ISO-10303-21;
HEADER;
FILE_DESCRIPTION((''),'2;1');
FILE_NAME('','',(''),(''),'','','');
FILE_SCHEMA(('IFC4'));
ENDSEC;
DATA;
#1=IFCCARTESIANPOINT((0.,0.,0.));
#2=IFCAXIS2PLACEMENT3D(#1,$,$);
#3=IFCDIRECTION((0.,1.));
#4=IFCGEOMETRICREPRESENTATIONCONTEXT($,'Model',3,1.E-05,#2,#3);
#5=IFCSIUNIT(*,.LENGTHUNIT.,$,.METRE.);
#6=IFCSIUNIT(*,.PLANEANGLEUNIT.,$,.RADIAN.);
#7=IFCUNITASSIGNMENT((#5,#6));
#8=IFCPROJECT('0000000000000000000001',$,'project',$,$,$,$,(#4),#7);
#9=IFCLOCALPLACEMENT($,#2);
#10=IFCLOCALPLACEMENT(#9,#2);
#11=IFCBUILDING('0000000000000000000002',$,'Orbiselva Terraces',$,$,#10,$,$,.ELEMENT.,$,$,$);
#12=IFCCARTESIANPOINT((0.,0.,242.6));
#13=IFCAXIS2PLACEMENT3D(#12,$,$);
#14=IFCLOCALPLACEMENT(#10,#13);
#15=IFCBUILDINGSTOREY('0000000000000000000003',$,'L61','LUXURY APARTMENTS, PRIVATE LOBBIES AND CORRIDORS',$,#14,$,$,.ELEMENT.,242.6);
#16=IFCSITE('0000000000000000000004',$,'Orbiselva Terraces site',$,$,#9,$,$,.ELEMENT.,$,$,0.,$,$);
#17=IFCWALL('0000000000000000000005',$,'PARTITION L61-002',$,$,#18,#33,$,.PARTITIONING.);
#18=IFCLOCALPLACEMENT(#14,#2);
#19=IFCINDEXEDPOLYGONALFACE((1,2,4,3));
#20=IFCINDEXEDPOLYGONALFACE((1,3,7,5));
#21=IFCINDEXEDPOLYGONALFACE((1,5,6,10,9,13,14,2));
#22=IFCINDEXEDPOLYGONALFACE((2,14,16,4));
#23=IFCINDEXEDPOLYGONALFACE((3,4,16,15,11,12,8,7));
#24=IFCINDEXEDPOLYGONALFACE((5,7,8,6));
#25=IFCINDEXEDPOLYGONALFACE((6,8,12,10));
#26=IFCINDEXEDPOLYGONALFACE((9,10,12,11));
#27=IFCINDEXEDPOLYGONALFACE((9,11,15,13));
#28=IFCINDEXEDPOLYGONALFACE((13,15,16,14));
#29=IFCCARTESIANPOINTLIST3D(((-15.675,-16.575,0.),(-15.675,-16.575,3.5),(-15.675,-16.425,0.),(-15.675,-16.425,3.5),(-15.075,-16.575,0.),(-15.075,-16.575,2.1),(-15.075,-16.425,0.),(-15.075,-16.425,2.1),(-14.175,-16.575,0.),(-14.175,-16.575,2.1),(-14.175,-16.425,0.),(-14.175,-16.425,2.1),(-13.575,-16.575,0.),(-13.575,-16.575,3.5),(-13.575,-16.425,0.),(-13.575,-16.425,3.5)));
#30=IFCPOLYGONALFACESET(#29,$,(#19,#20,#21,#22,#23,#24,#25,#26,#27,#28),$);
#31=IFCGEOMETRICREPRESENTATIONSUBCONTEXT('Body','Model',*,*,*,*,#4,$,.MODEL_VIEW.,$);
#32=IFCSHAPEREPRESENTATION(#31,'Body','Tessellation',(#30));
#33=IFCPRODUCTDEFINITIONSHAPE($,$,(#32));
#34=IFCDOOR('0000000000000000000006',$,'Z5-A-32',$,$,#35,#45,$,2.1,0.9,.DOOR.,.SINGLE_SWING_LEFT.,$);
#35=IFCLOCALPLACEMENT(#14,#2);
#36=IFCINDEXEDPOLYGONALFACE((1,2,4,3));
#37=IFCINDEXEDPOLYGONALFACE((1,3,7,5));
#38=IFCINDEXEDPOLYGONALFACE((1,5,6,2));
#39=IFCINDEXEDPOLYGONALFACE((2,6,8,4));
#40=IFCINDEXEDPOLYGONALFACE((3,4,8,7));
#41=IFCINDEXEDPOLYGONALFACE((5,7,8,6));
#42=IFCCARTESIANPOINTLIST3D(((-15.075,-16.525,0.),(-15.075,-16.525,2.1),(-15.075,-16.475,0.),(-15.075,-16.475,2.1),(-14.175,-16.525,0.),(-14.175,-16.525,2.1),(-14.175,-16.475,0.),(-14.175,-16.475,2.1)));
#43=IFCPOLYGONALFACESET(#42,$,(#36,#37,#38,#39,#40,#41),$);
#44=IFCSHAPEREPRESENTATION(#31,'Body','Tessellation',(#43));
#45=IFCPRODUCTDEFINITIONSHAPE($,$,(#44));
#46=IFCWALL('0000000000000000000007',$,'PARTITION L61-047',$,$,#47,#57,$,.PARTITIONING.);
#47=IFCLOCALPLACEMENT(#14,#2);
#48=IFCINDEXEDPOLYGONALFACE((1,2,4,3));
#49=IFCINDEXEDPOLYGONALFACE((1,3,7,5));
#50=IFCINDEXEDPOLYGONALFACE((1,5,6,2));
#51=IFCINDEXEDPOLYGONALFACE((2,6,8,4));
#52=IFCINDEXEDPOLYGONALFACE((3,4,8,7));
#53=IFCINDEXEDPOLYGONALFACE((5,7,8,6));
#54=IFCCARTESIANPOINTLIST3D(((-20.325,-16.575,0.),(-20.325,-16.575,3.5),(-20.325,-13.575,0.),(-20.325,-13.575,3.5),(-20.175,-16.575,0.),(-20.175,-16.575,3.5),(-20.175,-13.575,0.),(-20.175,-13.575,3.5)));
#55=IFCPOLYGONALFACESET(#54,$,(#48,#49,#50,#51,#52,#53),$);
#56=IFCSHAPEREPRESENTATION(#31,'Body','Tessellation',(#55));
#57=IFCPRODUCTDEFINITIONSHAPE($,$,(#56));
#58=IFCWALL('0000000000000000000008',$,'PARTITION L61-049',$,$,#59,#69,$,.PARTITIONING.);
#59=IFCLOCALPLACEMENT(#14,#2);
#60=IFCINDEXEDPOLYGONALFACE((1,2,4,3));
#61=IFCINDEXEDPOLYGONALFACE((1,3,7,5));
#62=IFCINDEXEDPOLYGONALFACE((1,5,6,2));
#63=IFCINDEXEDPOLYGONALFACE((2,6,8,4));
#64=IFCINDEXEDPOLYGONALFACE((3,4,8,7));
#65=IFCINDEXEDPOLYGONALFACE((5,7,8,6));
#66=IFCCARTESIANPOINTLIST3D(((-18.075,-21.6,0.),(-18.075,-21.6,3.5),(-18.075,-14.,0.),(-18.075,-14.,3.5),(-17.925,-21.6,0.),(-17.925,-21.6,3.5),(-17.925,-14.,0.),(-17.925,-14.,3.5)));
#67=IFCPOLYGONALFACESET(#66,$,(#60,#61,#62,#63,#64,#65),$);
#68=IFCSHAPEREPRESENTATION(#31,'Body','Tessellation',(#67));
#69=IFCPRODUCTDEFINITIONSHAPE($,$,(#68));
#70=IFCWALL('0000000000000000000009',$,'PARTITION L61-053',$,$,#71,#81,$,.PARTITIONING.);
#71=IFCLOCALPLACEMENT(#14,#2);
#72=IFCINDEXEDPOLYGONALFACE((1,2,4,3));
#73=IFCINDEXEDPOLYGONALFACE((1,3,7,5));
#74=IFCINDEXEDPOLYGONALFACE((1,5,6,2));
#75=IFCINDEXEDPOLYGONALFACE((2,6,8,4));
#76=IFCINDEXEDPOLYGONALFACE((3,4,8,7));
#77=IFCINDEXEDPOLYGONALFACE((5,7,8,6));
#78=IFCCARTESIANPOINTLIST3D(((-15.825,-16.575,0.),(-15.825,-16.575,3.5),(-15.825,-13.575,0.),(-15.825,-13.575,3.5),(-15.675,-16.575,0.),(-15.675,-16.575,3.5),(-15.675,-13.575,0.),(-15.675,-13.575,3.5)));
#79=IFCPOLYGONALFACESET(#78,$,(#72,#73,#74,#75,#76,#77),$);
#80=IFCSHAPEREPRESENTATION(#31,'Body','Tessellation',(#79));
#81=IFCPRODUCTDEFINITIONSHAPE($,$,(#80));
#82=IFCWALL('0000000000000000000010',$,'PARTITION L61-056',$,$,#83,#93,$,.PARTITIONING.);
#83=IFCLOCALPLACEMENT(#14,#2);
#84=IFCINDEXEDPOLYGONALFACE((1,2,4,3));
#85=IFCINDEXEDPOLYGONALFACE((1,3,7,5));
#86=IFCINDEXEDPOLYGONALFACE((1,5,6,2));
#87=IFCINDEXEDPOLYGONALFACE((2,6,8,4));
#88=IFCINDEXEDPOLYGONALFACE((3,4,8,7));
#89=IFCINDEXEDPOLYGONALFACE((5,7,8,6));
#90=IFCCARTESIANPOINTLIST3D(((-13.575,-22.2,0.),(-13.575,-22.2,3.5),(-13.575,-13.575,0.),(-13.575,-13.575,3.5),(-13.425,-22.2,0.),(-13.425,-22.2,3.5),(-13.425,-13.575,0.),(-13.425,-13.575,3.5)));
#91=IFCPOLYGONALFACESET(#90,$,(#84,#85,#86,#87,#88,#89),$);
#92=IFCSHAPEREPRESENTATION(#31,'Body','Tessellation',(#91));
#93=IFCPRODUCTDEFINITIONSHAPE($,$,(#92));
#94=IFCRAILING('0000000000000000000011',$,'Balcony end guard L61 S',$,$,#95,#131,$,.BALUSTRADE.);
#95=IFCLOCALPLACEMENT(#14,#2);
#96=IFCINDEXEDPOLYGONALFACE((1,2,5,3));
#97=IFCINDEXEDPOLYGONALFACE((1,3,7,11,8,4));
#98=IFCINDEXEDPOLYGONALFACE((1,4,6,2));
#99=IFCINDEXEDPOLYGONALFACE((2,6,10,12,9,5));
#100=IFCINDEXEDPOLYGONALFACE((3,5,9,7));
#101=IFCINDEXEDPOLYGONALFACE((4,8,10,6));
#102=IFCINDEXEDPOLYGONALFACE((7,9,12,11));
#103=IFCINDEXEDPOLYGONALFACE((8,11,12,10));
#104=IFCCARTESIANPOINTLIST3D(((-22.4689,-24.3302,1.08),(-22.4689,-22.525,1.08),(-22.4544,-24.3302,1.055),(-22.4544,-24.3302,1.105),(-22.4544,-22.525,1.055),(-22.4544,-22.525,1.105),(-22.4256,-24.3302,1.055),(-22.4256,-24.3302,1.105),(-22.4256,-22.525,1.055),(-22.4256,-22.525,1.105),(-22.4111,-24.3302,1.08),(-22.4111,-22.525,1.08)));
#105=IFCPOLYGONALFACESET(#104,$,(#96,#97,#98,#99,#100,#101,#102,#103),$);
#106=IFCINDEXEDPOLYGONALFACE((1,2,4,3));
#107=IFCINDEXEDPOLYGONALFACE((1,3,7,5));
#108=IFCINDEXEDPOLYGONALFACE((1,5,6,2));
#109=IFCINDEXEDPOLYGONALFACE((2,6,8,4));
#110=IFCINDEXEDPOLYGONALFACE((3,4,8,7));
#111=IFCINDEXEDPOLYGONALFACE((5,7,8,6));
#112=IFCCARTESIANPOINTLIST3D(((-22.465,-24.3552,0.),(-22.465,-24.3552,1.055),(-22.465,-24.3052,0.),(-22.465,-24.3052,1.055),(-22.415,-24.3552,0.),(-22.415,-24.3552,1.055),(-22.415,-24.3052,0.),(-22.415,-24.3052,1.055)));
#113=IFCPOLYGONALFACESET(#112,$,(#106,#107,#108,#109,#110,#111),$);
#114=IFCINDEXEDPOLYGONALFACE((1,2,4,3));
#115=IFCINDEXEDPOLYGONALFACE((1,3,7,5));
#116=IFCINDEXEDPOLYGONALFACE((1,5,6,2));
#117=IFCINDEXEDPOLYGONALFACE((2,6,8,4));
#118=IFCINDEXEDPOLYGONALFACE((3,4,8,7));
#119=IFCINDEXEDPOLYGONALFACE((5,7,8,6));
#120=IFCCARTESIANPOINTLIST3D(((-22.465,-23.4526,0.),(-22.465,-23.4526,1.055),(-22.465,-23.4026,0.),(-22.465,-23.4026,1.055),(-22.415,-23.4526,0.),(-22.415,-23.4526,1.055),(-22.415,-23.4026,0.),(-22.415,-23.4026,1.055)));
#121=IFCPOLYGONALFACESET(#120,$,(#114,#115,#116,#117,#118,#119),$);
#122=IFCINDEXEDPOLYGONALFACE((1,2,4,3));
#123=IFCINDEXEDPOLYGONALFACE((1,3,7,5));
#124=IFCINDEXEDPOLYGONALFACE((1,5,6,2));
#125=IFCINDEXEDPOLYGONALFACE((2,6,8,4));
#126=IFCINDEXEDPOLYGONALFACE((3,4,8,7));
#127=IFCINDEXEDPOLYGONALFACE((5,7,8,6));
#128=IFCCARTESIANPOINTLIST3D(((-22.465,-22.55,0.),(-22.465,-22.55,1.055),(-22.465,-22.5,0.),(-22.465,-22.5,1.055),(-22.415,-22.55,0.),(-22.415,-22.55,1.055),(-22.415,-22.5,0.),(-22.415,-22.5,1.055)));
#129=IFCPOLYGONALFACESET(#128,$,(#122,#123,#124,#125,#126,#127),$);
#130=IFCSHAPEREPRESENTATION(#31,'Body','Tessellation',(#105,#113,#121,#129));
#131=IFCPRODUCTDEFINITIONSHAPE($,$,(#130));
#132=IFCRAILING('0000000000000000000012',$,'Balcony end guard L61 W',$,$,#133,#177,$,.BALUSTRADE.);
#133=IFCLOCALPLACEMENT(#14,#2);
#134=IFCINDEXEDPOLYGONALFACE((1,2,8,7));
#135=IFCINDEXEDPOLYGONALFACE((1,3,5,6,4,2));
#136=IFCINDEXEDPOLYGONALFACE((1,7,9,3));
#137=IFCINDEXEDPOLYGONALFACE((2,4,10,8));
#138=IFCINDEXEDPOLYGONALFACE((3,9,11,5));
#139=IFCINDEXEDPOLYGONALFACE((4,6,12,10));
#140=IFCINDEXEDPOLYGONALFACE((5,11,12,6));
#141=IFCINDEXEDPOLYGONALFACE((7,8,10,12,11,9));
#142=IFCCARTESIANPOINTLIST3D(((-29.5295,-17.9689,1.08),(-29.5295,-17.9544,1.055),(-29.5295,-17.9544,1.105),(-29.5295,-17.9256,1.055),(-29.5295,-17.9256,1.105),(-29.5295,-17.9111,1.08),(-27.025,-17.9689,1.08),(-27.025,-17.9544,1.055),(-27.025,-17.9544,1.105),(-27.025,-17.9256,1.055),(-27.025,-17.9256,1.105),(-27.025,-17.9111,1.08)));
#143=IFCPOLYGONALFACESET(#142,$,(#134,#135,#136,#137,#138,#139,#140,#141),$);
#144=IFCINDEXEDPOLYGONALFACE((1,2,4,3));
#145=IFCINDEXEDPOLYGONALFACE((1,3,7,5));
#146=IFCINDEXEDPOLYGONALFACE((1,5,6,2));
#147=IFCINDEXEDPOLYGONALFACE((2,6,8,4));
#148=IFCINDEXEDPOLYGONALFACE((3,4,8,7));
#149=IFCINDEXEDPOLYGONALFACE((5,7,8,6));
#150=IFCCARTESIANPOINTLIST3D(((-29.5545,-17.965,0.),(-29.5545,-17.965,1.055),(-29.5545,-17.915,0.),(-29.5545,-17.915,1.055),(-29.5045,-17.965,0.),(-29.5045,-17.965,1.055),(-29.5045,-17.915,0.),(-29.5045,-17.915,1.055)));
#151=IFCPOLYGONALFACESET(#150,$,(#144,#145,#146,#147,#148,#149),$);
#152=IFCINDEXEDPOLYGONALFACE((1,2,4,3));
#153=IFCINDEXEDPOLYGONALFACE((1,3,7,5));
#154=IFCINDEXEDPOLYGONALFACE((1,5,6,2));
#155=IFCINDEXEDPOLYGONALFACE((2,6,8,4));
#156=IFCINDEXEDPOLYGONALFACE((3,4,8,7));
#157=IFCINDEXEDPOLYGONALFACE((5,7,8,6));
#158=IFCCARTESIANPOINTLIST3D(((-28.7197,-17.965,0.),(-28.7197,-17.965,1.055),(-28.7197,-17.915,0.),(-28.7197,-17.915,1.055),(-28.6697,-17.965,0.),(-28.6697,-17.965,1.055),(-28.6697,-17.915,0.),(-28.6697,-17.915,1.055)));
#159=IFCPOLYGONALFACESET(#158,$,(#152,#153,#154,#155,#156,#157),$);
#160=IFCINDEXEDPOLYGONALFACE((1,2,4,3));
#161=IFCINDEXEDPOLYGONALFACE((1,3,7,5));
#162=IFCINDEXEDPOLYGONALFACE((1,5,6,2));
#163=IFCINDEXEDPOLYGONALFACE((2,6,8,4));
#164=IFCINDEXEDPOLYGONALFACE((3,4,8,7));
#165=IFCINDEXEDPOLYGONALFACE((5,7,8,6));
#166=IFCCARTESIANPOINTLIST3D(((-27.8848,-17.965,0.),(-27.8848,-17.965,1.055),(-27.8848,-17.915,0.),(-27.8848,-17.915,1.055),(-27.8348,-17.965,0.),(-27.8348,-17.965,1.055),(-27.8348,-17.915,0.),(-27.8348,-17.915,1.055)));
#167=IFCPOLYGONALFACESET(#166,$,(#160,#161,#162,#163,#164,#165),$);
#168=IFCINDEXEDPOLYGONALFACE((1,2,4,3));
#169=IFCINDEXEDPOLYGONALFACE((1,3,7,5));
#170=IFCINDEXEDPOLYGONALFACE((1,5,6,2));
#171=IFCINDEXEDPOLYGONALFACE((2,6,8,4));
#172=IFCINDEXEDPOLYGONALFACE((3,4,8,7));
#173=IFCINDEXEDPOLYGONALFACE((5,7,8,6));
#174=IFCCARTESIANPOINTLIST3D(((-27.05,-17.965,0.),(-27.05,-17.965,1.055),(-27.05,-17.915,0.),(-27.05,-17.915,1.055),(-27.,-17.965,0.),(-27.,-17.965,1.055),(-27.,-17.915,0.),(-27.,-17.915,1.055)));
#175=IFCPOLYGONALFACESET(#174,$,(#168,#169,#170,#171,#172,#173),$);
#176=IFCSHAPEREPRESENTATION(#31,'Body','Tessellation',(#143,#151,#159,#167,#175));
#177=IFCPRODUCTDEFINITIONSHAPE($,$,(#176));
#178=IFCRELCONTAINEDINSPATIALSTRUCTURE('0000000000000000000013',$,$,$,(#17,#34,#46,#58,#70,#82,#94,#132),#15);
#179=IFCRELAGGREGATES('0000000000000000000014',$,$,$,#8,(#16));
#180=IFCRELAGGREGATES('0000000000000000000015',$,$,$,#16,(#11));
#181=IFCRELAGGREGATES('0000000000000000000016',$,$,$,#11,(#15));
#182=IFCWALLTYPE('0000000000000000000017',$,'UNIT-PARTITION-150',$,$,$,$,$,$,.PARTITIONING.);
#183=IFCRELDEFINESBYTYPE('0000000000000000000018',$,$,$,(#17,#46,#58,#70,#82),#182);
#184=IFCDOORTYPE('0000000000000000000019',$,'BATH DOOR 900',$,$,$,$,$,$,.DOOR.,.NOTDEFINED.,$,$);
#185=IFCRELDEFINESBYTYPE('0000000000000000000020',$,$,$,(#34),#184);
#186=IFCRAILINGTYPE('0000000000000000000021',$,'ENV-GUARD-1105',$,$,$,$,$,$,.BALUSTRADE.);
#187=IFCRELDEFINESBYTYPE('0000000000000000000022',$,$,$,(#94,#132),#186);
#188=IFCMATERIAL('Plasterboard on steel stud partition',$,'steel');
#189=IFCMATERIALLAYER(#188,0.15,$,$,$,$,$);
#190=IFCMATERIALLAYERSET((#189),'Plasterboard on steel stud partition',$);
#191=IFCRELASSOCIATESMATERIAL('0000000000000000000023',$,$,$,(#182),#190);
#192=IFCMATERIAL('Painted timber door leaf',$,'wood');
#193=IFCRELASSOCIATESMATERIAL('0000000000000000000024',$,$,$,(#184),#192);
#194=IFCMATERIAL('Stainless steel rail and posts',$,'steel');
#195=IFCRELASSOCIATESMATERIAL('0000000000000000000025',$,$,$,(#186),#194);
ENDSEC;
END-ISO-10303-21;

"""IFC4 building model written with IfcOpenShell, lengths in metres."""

from ifc_helpers import new_model, si_unit, direction, frame, frame_2d, origin, origin_2d, place, context, subcontext, project, spatial, polyline, rectangle, outline, extrude, material, layer, layer_set, type_object, element, fill, save


model = new_model("IFC4")

# Units and contexts
model_context = context("Model", 3, precision=1e-05, world=origin(), true_north=direction((0.0, 1.0)))
body_context = subcontext(model_context, "Body", "Model", "MODEL_VIEW")
ifc_project = project(units=[si_unit("LENGTHUNIT", "METRE"), si_unit("PLANEANGLEUNIT", "RADIAN")], contexts=[model_context])

# Site, building, storey
site_placement = place(None, origin())
site = spatial("IfcSite", under=ifc_project, at=site_placement, Name="Orbiselva Terraces site", CompositionType="ELEMENT", RefElevation=0.0)
building_placement = place(site_placement, origin())
building = spatial("IfcBuilding", under=site, at=building_placement, Name="Orbiselva Terraces", CompositionType="ELEMENT")
storey_placement = place(building_placement, frame((0.0, 0.0, 242.6)))
storey = spatial("IfcBuildingStorey", under=building, at=storey_placement, Name="L61", Description="LUXURY APARTMENTS, PRIVATE LOBBIES AND CORRIDORS", CompositionType="ELEMENT", Elevation=242.6)

# Wall, opening, door
ifc_material_1 = material(Name="Plasterboard on steel stud partition", Category="steel")
ifc_layer_1 = layer(ifc_material_1, 0.15)
ifc_layer_set_1 = layer_set([ifc_layer_1], Name="Plasterboard on steel stud partition")
wall_type_1 = type_object("IfcWallType", Name="UNIT-PARTITION-150", PredefinedType="PARTITIONING", material=ifc_layer_set_1)
ifc_material_2 = material(Name="Painted timber door leaf", Category="wood")
door_type_1 = type_object("IfcDoorType", Name="BATH DOOR 900", OperationType="NOTDEFINED", PredefinedType="DOOR", material=ifc_material_2)
wall_1_placement = place(storey_placement, frame((-15.675, -16.5, 0.0), z_axis=(0.0, 0.0, 1.0), x_axis=(1.0, 0.0, 0.0)))
wall_1 = element("IfcWall", 1, at=wall_1_placement, inside=storey, type_object=wall_type_1, Name="PARTITION L61-002", PredefinedType="PARTITIONING", context=body_context, shape_type="SweptSolid", body=[
    extrude(rectangle(XDim=2.1, YDim=0.15, at=frame_2d((1.05, 0.0))), origin(), (0.0, 0.0, 1.0), 3.5),
])
opening_1_placement = place(wall_1_placement, frame((0.6, 0.0, 0.0)))
opening_1 = element("IfcOpeningElement", 2, at=opening_1_placement, cuts=wall_1, PredefinedType="OPENING", context=body_context, shape_type="SweptSolid", body=[
    extrude(rectangle(XDim=0.9, YDim=2.1, at=frame_2d((0.45, 1.05))), frame((0.0, 0.085, 0.0), z_axis=(0.0, -1.0, 0.0), x_axis=(1.0, 0.0, 0.0)), (0.0, 0.0, 1.0), 0.17),
])
door_1_placement = place(opening_1_placement, origin())
door_1 = element("IfcDoor", 3, at=door_1_placement, inside=storey, type_object=door_type_1, Name="Z5-A-32", OperationType="SINGLE_SWING_LEFT", OverallHeight=2.1, OverallWidth=0.9, PredefinedType="DOOR", context=body_context, shape_type="SweptSolid", body=[
    extrude(rectangle(XDim=0.9, YDim=2.1, at=frame_2d((0.45, 1.05))), frame((0.0, 0.025, 0.0), z_axis=(0.0, -1.0, 0.0), x_axis=(1.0, 0.0, 0.0)), (0.0, 0.0, 1.0), 0.05),
])
fill(opening_1, door_1)

# Walls
wall_2_placement = place(storey_placement, frame((-20.25, -16.575, 0.0), z_axis=(0.0, 0.0, 1.0), x_axis=(0.0, 1.0, 0.0)))
element("IfcWall", 4, at=wall_2_placement, inside=storey, type_object=wall_type_1, Name="PARTITION L61-047", PredefinedType="PARTITIONING", context=body_context, shape_type="SweptSolid", body=[
    extrude(rectangle(XDim=3.0, YDim=0.15, at=frame_2d((1.5, 0.0))), origin(), (0.0, 0.0, 1.0), 3.5),
])
wall_3_placement = place(storey_placement, frame((-18.0, -21.6, 0.0), z_axis=(0.0, 0.0, 1.0), x_axis=(0.0, 1.0, 0.0)))
element("IfcWall", 5, at=wall_3_placement, inside=storey, type_object=wall_type_1, Name="PARTITION L61-049", PredefinedType="PARTITIONING", context=body_context, shape_type="SweptSolid", body=[
    extrude(rectangle(XDim=7.6, YDim=0.15, at=frame_2d((3.8, 0.0))), origin(), (0.0, 0.0, 1.0), 3.5),
])
wall_4_placement = place(storey_placement, frame((-15.75, -16.575, 0.0), z_axis=(0.0, 0.0, 1.0), x_axis=(0.0, 1.0, 0.0)))
element("IfcWall", 6, at=wall_4_placement, inside=storey, type_object=wall_type_1, Name="PARTITION L61-053", PredefinedType="PARTITIONING", context=body_context, shape_type="SweptSolid", body=[
    extrude(rectangle(XDim=3.0, YDim=0.15, at=frame_2d((1.5, 0.0))), origin(), (0.0, 0.0, 1.0), 3.5),
])
wall_5_placement = place(storey_placement, frame((-13.5, -22.2, 0.0), z_axis=(0.0, 0.0, 1.0), x_axis=(0.0, 1.0, 0.0)))
element("IfcWall", 7, at=wall_5_placement, inside=storey, type_object=wall_type_1, Name="PARTITION L61-056", PredefinedType="PARTITIONING", context=body_context, shape_type="SweptSolid", body=[
    extrude(rectangle(XDim=8.625, YDim=0.15, at=frame_2d((4.3125, 0.0))), origin(), (0.0, 0.0, 1.0), 3.5),
])

# Railings
ifc_material_3 = material(Name="Stainless steel rail and posts", Category="steel")
railing_type_1 = type_object("IfcRailingType", Name="ENV-GUARD-1105", PredefinedType="BALUSTRADE", material=ifc_material_3)
railing_1_placement = place(storey_placement, frame((-22.44, -24.3302, 0.0)))
element("IfcRailing", 8, at=railing_1_placement, inside=storey, type_object=railing_type_1, Name="Balcony end guard L61 S", PredefinedType="BALUSTRADE", context=body_context, shape_type="SweptSolid", body=[
    extrude(outline(polyline([(0.0289, 0.0), (0.0144, 0.025), (-0.0144, 0.025), (-0.0289, 0.0), (-0.0144, -0.025), (0.0144, -0.025), (0.0289, 0.0)])), frame((0.0, 0.0, 1.08), z_axis=(0.0, 1.0, 0.0), x_axis=(-1.0, 0.0, 0.0)), (0.0, 0.0, 1.0), 1.8052),
    extrude(rectangle(XDim=0.05, YDim=0.05, at=origin_2d()), origin(), (0.0, 0.0, 1.0), 1.055),
    extrude(rectangle(XDim=0.05, YDim=0.05, at=origin_2d()), frame((0.0, 0.9026, 0.0)), (0.0, 0.0, 1.0), 1.055),
    extrude(rectangle(XDim=0.05, YDim=0.05, at=origin_2d()), frame((0.0, 1.8052, 0.0)), (0.0, 0.0, 1.0), 1.055),
])
railing_2_placement = place(storey_placement, frame((-29.5295, -17.94, 0.0)))
element("IfcRailing", 9, at=railing_2_placement, inside=storey, type_object=railing_type_1, Name="Balcony end guard L61 W", PredefinedType="BALUSTRADE", context=body_context, shape_type="SweptSolid", body=[
    extrude(outline(polyline([(0.0289, 0.0), (0.0144, 0.025), (-0.0144, 0.025), (-0.0289, 0.0), (-0.0144, -0.025), (0.0144, -0.025), (0.0289, 0.0)])), frame((0.0, 0.0, 1.08), z_axis=(1.0, 0.0, 0.0), x_axis=(0.0, 1.0, 0.0)), (0.0, 0.0, 1.0), 2.5045),
    extrude(rectangle(XDim=0.05, YDim=0.05, at=origin_2d()), origin(), (0.0, 0.0, 1.0), 1.055),
    extrude(rectangle(XDim=0.05, YDim=0.05, at=origin_2d()), frame((0.8348, 0.0, 0.0)), (0.0, 0.0, 1.0), 1.055),
    extrude(rectangle(XDim=0.05, YDim=0.05, at=origin_2d()), frame((1.6697, 0.0, 0.0)), (0.0, 0.0, 1.0), 1.055),
    extrude(rectangle(XDim=0.05, YDim=0.05, at=origin_2d()), frame((2.5045, 0.0, 0.0)), (0.0, 0.0, 1.0), 1.055),
])

save(model, "model.ifc")
